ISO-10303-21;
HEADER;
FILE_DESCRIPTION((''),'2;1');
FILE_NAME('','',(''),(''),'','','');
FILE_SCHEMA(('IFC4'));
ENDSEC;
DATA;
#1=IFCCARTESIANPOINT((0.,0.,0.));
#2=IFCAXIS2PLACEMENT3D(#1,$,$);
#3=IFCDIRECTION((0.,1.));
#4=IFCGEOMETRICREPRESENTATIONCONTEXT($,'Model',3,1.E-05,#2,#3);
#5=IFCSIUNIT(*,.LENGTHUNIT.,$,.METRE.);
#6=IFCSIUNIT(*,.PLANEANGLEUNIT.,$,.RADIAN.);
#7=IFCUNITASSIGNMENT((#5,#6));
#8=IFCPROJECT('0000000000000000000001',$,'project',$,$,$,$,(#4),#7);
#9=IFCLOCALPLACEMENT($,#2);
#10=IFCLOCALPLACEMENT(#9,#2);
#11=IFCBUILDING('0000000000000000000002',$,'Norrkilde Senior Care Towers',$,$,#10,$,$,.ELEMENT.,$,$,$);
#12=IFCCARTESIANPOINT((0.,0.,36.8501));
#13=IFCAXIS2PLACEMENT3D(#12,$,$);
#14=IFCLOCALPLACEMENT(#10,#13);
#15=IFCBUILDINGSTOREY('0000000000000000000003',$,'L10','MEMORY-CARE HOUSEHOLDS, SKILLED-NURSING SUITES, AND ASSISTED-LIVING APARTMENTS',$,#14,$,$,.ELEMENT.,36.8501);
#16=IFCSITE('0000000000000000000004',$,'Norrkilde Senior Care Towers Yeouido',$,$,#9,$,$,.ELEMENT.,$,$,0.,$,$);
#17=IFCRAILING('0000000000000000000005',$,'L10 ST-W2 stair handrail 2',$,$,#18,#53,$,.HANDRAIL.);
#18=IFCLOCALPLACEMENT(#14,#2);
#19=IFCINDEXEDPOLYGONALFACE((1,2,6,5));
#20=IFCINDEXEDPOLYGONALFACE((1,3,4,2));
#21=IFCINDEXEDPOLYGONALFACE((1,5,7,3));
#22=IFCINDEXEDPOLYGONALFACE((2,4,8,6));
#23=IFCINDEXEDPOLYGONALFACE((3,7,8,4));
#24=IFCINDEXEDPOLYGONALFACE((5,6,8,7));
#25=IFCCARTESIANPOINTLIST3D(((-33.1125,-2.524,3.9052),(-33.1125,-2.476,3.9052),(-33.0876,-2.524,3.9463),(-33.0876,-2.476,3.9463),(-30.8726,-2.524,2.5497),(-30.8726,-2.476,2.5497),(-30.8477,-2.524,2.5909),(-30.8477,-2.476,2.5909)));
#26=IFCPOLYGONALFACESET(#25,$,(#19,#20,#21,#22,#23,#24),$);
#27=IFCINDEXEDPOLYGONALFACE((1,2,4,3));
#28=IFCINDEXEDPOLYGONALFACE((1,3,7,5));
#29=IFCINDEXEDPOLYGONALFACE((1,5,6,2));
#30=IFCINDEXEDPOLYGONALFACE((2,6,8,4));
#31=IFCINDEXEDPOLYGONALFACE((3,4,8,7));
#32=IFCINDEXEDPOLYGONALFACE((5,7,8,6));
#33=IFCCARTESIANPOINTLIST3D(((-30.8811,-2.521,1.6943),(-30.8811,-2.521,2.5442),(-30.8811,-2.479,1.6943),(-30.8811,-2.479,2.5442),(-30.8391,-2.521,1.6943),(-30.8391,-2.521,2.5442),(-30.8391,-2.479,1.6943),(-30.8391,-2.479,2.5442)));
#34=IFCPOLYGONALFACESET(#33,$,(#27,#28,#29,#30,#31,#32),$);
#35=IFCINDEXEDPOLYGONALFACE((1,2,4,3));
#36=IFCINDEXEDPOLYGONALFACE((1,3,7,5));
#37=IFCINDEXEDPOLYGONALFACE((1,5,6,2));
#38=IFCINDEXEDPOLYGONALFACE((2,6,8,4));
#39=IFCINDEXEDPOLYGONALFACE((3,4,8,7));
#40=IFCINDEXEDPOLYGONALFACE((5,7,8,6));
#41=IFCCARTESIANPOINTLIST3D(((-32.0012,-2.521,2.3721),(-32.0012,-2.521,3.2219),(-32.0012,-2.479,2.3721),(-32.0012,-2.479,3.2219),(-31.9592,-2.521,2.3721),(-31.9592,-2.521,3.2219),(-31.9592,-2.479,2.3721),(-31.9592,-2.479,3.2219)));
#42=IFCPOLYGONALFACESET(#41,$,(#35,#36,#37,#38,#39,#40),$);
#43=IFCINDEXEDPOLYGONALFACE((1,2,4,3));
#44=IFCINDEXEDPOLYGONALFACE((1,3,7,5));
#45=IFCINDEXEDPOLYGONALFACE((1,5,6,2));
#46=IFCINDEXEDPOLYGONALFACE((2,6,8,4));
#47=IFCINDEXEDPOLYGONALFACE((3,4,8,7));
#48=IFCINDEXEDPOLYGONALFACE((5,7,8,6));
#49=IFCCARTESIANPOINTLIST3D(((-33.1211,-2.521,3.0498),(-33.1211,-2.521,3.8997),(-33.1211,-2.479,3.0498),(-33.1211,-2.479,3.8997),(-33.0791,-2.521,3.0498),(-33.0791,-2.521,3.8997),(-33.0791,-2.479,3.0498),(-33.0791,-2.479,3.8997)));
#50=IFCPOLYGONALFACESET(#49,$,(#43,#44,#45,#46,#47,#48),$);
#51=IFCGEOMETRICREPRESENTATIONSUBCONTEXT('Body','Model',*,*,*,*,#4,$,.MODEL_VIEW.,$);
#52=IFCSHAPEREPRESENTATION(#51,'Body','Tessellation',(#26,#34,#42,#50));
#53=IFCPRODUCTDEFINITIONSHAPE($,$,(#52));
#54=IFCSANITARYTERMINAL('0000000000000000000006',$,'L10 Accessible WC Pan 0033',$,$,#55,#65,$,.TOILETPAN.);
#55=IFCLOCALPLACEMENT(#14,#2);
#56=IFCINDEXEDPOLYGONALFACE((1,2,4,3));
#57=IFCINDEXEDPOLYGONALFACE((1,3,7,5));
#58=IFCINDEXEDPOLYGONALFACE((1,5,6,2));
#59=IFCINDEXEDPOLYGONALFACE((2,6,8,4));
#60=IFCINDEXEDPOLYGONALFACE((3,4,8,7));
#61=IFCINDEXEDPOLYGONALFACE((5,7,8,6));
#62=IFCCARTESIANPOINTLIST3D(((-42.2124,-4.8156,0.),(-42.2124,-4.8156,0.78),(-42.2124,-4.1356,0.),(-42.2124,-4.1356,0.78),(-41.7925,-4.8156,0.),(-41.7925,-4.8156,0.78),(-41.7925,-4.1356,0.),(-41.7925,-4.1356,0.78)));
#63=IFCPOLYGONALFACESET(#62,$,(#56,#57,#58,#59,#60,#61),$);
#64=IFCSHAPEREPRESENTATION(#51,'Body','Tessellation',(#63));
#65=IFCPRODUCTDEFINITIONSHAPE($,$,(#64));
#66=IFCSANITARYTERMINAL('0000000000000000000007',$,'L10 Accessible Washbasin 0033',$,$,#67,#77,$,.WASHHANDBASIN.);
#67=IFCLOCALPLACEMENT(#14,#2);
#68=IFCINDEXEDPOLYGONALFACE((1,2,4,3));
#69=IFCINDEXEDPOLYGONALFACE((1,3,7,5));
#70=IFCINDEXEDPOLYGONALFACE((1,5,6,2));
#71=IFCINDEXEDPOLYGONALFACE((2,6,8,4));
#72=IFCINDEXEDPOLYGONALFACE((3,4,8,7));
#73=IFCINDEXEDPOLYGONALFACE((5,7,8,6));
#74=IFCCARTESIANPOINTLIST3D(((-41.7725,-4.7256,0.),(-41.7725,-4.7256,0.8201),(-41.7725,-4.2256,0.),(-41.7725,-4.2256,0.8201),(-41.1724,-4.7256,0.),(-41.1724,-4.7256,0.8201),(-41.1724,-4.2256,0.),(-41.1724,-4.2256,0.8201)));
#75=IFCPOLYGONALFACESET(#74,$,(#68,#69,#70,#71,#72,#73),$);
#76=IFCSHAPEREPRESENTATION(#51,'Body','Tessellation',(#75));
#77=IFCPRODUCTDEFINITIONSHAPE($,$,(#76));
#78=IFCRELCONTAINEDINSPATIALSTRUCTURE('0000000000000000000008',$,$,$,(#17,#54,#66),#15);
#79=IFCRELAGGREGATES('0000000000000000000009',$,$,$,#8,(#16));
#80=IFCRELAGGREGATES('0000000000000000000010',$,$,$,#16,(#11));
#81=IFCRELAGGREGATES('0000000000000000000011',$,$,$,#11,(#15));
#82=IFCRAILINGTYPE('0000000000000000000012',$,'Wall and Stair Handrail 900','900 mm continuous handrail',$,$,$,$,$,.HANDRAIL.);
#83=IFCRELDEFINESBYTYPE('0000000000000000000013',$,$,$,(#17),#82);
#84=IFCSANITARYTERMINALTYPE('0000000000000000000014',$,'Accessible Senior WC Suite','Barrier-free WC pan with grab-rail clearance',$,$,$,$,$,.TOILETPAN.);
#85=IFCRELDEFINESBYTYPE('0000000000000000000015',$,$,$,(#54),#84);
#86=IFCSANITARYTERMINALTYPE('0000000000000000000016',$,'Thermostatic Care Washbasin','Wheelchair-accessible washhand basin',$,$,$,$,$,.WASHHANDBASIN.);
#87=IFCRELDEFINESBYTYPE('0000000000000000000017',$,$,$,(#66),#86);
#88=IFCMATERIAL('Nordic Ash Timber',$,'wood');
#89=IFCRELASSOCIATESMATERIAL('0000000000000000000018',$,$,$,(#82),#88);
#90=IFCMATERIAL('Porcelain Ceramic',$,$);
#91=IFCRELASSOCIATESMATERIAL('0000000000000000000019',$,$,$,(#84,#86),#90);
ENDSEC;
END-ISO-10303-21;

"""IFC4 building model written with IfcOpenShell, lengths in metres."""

from ifc_helpers import new_model, si_unit, direction, frame, origin, origin_2d, place, context, subcontext, project, spatial, rectangle, extrude, source, transform, mapped, material, type_object, type_shapes, element, save


model = new_model("IFC4")

# Units and contexts
model_context = context("Model", 3, precision=1e-05, world=origin(), true_north=direction((0.0, 1.0)))
body_context = subcontext(model_context, "Body", "Model", "MODEL_VIEW")
ifc_project = project(units=[si_unit("LENGTHUNIT", "METRE"), si_unit("PLANEANGLEUNIT", "RADIAN")], contexts=[model_context])

# Site, building, storey
site_placement = place(None, origin())
site = spatial("IfcSite", under=ifc_project, at=site_placement, Name="Norrkilde Senior Care Towers Yeouido", CompositionType="ELEMENT", RefElevation=0.0)
building_placement = place(site_placement, origin())
building = spatial("IfcBuilding", under=site, at=building_placement, Name="Norrkilde Senior Care Towers", CompositionType="ELEMENT")
storey_placement = place(building_placement, frame((0.0, 0.0, 36.8501)))
storey = spatial("IfcBuildingStorey", under=building, at=storey_placement, Name="L10", Description="MEMORY-CARE HOUSEHOLDS, SKILLED-NURSING SUITES, AND ASSISTED-LIVING APARTMENTS", CompositionType="ELEMENT", Elevation=36.8501)

# Railing
ifc_material_1 = material(Name="Nordic Ash Timber", Category="wood")
railing_type_1 = type_object("IfcRailingType", Name="Wall and Stair Handrail 900", Description="900 mm continuous handrail", PredefinedType="HANDRAIL", material=ifc_material_1)
railing_1_placement = place(storey_placement, frame((-30.8601, -2.5, 1.6943)))
element("IfcRailing", 1, at=railing_1_placement, inside=storey, type_object=railing_type_1, Name="L10 ST-W2 stair handrail 2", PredefinedType="HANDRAIL", context=body_context, shape_type="SweptSolid", body=[
    extrude(rectangle(XDim=0.0481, YDim=0.0481, at=origin_2d()), frame((0.0, 0.0, 0.876), z_axis=(-0.855553, 0.0, 0.517715), x_axis=(0.0, -1.0, 0.0)), (0.0, 0.0, 1.0), 2.6182),
    extrude(rectangle(XDim=0.042, YDim=0.042, at=origin_2d()), origin(), (0.0, 0.0, 1.0), 0.8499),
    extrude(rectangle(XDim=0.042, YDim=0.042, at=origin_2d()), frame((-1.1201, 0.0, 0.6777)), (0.0, 0.0, 1.0), 0.8499),
    extrude(rectangle(XDim=0.042, YDim=0.042, at=origin_2d()), frame((-2.24, 0.0, 1.3555)), (0.0, 0.0, 1.0), 0.8499),
])

# Sanitary terminals
ifc_material_2 = material(Name="Porcelain Ceramic")
sanitary_terminal_type_1 = type_object("IfcSanitaryTerminalType", Name="Accessible Senior WC Suite", Description="Barrier-free WC pan with grab-rail clearance", PredefinedType="TOILETPAN", material=ifc_material_2)
shared_shape_1 = source(origin(), body_context, "Body", "SweptSolid", [
    extrude(rectangle(XDim=0.4199, YDim=0.6799, at=origin_2d()), origin(), (0.0, 0.0, 1.0), 0.78),
])
type_shapes(sanitary_terminal_type_1, [shared_shape_1])
sanitary_terminal_1_placement = place(storey_placement, frame((-42.0024, -4.4756, 0.0), z_axis=(0.0, 0.0, 1.0), x_axis=(1.0, 0.0, 0.0)))
element("IfcSanitaryTerminal", 2, at=sanitary_terminal_1_placement, inside=storey, type_object=sanitary_terminal_type_1, Name="L10 Accessible WC Pan 0033", PredefinedType="TOILETPAN", context=body_context, shape_type="MappedRepresentation", body=[
    mapped(shared_shape_1, transform((0.0, 0.0, 0.0), x_axis=(1.0, 0.0, 0.0), y_axis=(0.0, 1.0, 0.0), z_axis=(0.0, 0.0, 1.0), scale=1.0)),
])
sanitary_terminal_type_2 = type_object("IfcSanitaryTerminalType", Name="Thermostatic Care Washbasin", Description="Wheelchair-accessible washhand basin", PredefinedType="WASHHANDBASIN", material=ifc_material_2)
shared_shape_2 = source(origin(), body_context, "Body", "SweptSolid", [
    extrude(rectangle(XDim=0.6001, YDim=0.5, at=origin_2d()), origin(), (0.0, 0.0, 1.0), 0.8201),
])
type_shapes(sanitary_terminal_type_2, [shared_shape_2])
sanitary_terminal_2_placement = place(storey_placement, frame((-41.4724, -4.4756, 0.0), z_axis=(0.0, 0.0, 1.0), x_axis=(1.0, 0.0, 0.0)))
element("IfcSanitaryTerminal", 3, at=sanitary_terminal_2_placement, inside=storey, type_object=sanitary_terminal_type_2, Name="L10 Accessible Washbasin 0033", PredefinedType="WASHHANDBASIN", context=body_context, shape_type="MappedRepresentation", body=[
    mapped(shared_shape_2, transform((0.0, 0.0, 0.0), x_axis=(1.0, 0.0, 0.0), y_axis=(0.0, 1.0, 0.0), z_axis=(0.0, 0.0, 1.0), scale=1.0)),
])

save(model, "model.ifc")
